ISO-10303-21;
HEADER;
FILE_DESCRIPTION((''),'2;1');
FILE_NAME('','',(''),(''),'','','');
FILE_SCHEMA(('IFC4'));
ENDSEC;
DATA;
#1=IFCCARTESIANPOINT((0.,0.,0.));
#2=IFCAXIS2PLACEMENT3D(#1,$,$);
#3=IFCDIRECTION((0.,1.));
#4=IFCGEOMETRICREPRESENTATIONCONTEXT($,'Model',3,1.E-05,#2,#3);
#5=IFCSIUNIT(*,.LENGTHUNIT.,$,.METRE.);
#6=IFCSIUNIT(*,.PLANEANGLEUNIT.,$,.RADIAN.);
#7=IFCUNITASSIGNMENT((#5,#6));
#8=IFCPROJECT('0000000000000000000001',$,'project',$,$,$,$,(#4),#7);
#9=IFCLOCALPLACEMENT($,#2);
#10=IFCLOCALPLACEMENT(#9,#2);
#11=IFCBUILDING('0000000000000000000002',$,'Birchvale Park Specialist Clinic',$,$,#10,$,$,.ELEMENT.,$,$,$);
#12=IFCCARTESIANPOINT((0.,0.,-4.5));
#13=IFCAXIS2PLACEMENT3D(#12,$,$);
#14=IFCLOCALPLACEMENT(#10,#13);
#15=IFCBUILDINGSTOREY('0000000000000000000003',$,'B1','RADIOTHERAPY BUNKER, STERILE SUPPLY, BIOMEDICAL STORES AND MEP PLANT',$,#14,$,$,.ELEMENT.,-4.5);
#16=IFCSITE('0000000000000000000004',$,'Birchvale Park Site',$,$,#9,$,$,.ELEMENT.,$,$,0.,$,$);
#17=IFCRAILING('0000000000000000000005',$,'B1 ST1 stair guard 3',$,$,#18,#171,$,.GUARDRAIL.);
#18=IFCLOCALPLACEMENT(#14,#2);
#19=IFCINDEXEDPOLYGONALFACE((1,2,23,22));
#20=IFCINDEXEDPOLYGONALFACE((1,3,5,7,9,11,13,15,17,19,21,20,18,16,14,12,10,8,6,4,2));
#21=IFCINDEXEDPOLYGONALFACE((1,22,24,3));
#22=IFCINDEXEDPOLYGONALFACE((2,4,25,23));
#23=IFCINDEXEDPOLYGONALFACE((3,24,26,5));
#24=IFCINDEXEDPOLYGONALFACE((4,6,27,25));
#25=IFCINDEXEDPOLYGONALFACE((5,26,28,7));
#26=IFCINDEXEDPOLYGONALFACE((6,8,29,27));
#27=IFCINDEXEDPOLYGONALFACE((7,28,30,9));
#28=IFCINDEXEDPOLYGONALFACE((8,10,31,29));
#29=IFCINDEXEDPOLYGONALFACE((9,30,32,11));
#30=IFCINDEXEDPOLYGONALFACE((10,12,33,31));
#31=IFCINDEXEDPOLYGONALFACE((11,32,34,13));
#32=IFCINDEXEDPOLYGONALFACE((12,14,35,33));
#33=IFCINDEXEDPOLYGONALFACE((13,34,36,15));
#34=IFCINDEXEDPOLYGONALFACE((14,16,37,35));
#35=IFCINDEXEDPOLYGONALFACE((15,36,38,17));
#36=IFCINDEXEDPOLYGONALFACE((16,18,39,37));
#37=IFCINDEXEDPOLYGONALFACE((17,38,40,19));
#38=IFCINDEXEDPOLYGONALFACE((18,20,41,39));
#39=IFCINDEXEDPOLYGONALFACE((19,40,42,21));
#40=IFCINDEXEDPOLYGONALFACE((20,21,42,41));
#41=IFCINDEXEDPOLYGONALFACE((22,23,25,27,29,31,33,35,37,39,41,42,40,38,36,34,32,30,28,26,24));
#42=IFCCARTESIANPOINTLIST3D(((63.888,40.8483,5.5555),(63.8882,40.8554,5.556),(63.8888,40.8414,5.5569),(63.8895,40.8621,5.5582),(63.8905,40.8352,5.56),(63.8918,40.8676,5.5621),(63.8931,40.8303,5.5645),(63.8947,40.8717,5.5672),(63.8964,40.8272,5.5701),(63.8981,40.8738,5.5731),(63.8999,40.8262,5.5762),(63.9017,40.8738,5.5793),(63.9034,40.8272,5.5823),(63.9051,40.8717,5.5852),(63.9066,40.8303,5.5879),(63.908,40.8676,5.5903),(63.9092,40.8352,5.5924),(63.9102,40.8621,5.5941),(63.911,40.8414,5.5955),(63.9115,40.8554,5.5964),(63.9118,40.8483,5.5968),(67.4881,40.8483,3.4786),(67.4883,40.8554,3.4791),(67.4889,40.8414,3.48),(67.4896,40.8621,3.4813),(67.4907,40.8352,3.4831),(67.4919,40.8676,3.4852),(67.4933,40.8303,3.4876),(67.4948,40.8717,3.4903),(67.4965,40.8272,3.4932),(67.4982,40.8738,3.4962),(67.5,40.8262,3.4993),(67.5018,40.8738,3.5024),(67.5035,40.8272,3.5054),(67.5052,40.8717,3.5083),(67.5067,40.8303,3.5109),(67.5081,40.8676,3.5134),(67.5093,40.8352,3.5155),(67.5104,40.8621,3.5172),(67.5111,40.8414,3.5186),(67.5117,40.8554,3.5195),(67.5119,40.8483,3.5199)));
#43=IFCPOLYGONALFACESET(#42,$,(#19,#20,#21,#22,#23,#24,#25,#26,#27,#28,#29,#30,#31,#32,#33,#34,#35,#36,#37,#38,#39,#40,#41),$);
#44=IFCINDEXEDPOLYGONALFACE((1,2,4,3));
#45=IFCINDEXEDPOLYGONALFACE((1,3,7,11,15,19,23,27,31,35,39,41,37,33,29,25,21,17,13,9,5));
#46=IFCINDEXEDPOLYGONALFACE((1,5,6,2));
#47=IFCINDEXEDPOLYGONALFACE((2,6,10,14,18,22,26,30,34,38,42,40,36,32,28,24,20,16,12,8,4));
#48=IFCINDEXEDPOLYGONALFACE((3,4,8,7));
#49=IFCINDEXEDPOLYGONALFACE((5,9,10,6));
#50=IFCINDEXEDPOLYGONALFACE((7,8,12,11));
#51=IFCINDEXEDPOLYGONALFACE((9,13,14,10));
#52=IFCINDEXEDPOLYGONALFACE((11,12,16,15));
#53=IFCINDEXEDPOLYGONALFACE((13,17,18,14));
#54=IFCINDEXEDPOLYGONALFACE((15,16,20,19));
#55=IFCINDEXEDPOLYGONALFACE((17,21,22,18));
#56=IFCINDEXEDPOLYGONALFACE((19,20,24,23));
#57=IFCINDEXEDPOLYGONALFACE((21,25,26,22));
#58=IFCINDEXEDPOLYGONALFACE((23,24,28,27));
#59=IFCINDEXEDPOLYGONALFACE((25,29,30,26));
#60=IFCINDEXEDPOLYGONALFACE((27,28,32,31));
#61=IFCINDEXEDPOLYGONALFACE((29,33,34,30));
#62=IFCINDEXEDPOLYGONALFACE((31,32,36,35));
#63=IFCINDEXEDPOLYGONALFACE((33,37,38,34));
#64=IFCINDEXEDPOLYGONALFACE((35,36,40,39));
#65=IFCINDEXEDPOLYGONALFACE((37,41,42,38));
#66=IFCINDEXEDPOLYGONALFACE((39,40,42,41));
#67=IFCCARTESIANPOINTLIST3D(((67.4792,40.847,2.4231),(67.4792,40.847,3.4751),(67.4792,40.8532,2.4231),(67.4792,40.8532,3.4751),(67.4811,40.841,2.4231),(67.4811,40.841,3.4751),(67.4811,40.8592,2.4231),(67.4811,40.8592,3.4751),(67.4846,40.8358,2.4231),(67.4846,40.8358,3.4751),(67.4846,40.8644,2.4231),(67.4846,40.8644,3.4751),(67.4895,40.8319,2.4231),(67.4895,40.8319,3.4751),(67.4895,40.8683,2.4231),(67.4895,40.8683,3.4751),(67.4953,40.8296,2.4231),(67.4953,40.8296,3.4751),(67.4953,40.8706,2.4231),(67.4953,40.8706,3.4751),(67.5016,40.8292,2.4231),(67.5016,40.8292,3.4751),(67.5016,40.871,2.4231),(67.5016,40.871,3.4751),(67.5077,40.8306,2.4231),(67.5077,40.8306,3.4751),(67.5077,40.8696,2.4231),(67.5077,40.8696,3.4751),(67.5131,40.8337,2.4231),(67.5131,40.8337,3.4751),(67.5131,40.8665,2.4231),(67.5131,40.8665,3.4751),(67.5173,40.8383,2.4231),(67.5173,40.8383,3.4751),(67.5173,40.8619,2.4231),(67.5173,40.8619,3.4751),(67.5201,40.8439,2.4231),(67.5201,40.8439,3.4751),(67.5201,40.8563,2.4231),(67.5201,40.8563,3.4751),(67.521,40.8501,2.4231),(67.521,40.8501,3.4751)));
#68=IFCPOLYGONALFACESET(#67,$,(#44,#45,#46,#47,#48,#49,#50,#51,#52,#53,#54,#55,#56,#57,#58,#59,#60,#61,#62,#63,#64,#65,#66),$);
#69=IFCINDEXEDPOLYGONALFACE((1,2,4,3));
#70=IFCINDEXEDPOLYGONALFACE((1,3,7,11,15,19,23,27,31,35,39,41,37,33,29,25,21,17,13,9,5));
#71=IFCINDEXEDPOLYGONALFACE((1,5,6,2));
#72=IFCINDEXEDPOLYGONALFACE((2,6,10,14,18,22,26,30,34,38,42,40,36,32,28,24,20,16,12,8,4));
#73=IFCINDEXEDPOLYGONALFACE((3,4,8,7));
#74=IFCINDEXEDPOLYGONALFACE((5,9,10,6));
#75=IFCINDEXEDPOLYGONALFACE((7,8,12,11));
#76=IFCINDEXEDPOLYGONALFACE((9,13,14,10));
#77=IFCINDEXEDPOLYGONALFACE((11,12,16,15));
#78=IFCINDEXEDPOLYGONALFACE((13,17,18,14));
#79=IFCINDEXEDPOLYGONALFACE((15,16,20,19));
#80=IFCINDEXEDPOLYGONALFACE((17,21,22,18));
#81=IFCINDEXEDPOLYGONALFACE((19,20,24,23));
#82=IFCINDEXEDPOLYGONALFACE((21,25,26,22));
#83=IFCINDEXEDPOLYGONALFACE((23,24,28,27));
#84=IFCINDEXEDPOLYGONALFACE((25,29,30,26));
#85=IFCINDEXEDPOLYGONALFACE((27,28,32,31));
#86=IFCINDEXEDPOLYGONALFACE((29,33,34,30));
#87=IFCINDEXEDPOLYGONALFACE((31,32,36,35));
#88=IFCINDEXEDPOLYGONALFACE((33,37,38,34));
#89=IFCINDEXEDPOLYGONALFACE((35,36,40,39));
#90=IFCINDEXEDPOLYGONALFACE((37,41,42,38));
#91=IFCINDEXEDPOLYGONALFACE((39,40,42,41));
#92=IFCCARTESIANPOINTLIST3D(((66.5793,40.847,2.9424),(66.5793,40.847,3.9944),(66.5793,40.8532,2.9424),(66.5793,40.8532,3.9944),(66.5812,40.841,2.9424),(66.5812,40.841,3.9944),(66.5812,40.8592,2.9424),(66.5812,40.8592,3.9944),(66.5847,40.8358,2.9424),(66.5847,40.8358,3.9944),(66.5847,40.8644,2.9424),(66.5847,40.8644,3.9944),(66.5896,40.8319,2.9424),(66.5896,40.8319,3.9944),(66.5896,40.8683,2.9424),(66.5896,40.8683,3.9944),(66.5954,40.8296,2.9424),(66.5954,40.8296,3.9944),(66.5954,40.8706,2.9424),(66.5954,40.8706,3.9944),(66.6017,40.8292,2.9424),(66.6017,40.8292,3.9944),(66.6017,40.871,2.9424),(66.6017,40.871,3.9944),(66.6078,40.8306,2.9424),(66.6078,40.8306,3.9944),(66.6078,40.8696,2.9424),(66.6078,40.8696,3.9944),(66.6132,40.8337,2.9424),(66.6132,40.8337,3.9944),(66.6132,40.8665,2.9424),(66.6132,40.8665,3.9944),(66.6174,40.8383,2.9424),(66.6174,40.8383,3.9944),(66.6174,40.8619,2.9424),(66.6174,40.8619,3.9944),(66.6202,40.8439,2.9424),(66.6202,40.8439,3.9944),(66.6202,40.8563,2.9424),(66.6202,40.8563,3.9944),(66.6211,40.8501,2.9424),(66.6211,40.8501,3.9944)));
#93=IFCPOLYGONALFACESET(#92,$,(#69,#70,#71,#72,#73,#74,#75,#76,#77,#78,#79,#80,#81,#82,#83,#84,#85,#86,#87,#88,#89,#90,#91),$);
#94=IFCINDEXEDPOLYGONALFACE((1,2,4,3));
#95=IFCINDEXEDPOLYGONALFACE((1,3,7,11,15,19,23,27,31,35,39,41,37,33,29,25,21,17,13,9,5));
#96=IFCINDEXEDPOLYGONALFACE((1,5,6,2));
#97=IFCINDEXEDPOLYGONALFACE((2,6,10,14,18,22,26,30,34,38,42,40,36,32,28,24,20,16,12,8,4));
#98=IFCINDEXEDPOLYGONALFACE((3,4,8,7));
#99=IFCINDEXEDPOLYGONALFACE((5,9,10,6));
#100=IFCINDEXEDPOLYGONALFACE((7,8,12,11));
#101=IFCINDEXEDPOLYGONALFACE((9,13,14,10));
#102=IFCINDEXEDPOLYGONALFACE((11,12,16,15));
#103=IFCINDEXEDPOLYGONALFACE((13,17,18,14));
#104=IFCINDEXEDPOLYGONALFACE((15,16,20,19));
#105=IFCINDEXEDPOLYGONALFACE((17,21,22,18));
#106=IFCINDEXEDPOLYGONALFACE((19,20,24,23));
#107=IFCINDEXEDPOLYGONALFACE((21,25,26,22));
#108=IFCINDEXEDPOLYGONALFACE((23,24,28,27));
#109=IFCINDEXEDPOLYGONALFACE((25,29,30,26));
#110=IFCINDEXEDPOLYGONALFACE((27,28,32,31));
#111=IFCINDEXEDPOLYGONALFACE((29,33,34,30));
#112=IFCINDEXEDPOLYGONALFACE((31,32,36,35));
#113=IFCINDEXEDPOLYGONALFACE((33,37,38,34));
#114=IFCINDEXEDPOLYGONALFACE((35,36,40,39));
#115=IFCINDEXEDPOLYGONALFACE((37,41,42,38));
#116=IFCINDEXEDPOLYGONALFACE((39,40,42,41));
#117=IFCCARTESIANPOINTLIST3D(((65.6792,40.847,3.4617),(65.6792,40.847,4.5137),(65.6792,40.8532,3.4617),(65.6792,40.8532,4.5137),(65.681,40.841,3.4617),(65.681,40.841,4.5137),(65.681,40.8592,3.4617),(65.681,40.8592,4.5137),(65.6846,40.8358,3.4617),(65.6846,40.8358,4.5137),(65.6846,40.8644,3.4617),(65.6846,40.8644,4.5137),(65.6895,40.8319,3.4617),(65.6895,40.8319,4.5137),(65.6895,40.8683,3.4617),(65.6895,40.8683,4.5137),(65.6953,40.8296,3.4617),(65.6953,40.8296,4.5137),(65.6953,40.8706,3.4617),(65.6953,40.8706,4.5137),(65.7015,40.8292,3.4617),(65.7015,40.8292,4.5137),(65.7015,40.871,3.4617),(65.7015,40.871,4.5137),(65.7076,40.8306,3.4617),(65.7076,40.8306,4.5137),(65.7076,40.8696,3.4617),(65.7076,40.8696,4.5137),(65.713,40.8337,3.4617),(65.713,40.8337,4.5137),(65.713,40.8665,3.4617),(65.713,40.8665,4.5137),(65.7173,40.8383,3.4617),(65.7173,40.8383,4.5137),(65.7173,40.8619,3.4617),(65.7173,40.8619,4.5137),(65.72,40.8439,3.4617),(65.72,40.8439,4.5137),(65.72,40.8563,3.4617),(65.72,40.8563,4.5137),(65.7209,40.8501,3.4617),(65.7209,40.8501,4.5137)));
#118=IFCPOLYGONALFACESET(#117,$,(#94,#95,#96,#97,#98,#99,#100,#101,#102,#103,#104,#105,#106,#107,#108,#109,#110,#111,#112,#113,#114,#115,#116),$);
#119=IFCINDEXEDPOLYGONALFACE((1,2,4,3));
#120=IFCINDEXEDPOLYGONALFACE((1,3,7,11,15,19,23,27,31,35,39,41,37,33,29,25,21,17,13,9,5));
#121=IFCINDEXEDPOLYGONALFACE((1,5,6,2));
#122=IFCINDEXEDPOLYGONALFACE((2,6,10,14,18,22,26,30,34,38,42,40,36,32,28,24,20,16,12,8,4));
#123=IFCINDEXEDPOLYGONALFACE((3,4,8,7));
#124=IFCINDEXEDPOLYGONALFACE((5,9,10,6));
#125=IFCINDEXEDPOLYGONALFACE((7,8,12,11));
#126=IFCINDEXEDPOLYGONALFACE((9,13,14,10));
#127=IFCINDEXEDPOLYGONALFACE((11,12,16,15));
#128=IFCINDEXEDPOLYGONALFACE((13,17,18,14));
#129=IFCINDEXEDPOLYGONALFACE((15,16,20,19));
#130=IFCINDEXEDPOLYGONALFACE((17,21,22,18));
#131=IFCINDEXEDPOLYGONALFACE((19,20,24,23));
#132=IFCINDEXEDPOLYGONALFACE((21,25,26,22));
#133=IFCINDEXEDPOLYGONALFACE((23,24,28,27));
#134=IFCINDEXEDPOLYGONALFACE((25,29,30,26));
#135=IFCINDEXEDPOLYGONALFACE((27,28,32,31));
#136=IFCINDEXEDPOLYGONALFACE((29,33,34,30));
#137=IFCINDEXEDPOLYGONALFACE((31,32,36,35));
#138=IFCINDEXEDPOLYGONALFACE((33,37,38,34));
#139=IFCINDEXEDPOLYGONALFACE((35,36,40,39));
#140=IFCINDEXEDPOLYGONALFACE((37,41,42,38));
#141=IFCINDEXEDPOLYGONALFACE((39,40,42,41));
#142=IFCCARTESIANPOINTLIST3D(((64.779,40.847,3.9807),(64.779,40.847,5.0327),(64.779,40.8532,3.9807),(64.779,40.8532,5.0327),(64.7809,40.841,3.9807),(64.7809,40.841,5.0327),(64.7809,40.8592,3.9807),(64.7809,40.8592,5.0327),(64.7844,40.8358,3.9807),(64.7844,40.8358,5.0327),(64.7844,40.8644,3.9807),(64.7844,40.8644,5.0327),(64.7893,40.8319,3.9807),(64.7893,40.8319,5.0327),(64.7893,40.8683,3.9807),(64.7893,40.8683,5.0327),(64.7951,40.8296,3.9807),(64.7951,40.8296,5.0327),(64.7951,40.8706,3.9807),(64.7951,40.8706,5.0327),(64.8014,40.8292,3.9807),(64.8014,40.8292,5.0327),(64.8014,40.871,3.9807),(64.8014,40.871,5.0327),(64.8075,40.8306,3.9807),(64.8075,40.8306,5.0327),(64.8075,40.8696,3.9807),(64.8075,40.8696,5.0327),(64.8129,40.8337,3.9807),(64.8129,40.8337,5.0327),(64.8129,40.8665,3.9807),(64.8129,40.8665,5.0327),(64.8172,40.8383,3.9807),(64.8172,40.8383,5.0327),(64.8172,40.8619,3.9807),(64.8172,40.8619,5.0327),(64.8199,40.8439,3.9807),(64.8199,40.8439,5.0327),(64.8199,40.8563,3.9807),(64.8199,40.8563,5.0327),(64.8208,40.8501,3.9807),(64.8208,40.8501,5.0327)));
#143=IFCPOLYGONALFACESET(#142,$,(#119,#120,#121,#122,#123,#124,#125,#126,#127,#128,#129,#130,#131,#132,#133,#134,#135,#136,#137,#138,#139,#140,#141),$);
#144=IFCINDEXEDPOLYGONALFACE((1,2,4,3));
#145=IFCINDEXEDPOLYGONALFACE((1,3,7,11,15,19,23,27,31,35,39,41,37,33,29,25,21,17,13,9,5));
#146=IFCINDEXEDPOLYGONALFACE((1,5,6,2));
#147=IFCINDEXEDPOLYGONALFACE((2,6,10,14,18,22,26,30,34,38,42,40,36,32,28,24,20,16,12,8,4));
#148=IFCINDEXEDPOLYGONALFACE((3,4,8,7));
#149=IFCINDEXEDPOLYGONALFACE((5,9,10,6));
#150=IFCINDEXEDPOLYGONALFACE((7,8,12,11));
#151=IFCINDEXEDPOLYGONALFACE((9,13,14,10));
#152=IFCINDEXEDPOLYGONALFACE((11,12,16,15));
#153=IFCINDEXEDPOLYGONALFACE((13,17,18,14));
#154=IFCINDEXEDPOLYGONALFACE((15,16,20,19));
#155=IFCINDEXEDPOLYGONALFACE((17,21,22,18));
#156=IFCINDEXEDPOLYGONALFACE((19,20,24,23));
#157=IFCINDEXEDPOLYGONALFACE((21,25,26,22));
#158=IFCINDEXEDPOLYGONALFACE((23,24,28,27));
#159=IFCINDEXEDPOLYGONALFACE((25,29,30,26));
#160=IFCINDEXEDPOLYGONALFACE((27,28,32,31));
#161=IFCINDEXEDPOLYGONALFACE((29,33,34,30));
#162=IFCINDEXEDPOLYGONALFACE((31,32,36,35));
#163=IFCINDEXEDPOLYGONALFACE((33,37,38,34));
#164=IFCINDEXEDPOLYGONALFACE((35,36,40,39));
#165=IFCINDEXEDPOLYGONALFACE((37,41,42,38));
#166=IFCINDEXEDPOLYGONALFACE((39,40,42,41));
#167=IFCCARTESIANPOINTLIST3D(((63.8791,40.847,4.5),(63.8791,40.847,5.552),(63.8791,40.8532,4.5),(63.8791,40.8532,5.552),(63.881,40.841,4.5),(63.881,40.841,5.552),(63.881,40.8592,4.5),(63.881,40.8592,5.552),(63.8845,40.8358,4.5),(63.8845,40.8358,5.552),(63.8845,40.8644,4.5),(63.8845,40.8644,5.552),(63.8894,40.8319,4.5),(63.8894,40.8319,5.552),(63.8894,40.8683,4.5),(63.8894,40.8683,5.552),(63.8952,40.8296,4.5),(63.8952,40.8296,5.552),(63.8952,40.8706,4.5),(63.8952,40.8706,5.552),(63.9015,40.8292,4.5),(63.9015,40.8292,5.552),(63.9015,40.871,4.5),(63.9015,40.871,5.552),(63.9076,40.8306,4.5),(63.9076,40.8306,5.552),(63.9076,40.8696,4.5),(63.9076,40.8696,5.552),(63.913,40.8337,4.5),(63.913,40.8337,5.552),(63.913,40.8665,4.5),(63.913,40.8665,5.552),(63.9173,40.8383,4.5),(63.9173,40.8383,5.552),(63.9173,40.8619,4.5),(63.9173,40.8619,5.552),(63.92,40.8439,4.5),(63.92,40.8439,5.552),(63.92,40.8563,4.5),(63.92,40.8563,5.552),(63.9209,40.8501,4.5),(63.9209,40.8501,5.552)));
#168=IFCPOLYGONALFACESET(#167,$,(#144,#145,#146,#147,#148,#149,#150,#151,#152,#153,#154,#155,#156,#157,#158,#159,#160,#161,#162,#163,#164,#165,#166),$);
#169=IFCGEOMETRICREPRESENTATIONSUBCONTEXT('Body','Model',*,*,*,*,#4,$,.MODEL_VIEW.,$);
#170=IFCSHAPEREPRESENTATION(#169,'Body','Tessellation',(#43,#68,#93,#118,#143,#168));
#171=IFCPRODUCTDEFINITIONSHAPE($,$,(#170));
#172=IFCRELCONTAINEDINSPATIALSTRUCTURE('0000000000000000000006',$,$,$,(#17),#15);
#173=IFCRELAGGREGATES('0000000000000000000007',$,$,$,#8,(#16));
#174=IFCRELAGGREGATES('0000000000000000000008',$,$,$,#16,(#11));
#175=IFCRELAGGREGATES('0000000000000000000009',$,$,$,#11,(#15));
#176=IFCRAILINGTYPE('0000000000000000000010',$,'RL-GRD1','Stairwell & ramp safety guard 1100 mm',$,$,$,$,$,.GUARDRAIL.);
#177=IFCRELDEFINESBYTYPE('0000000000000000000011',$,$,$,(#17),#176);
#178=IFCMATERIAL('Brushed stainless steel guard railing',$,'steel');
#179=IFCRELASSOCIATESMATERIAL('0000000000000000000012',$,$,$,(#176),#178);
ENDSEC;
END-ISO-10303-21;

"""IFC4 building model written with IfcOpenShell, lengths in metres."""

from ifc_helpers import new_model, si_unit, direction, frame, origin, origin_2d, place, context, subcontext, project, spatial, circle, extrude, material, type_object, element, save


model = new_model("IFC4")

# Units and contexts
model_context = context("Model", 3, precision=1e-05, world=origin(), true_north=direction((0.0, 1.0)))
body_context = subcontext(model_context, "Body", "Model", "MODEL_VIEW")
ifc_project = project(units=[si_unit("LENGTHUNIT", "METRE"), si_unit("PLANEANGLEUNIT", "RADIAN")], contexts=[model_context])

# Site, building, storey
site_placement = place(None, origin())
site = spatial("IfcSite", under=ifc_project, at=site_placement, Name="Birchvale Park Site", CompositionType="ELEMENT", RefElevation=0.0)
building_placement = place(site_placement, origin())
building = spatial("IfcBuilding", under=site, at=building_placement, Name="Birchvale Park Specialist Clinic", CompositionType="ELEMENT")
storey_placement = place(building_placement, frame((0.0, 0.0, -4.5)))
storey = spatial("IfcBuildingStorey", under=building, at=storey_placement, Name="B1", Description="RADIOTHERAPY BUNKER, STERILE SUPPLY, BIOMEDICAL STORES AND MEP PLANT", CompositionType="ELEMENT", Elevation=-4.5)

# Railing
ifc_material_1 = material(Name="Brushed stainless steel guard railing", Category="steel")
railing_type_1 = type_object("IfcRailingType", Name="RL-GRD1", Description="Stairwell & ramp safety guard 1100 mm", PredefinedType="GUARDRAIL", material=ifc_material_1)
railing_1_placement = place(storey_placement, frame((67.5, 40.8501, 2.4231)))
element("IfcRailing", 1, at=railing_1_placement, inside=storey, type_object=railing_type_1, Name="B1 ST1 stair guard 3", PredefinedType="GUARDRAIL", context=body_context, shape_type="SweptSolid", body=[
    extrude(circle(Radius=0.0239, at=origin_2d()), frame((0.0, 0.0, 1.0762), z_axis=(-0.866193, 0.0, 0.499709), x_axis=(0.0, -1.0, 0.0)), (0.0, 0.0, 1.0), 4.1562),
    extrude(circle(Radius=0.021, at=origin_2d()), origin(), (0.0, 0.0, 1.0), 1.052),
    extrude(circle(Radius=0.021, at=origin_2d()), frame((-0.8999, 0.0, 0.5193)), (0.0, 0.0, 1.0), 1.052),
    extrude(circle(Radius=0.021, at=origin_2d()), frame((-1.8, 0.0, 1.0386)), (0.0, 0.0, 1.0), 1.052),
    extrude(circle(Radius=0.021, at=origin_2d()), frame((-2.7002, 0.0, 1.5576)), (0.0, 0.0, 1.0), 1.052),
    extrude(circle(Radius=0.021, at=origin_2d()), frame((-3.6001, 0.0, 2.0769)), (0.0, 0.0, 1.0), 1.052),
])

save(model, "model.ifc")
